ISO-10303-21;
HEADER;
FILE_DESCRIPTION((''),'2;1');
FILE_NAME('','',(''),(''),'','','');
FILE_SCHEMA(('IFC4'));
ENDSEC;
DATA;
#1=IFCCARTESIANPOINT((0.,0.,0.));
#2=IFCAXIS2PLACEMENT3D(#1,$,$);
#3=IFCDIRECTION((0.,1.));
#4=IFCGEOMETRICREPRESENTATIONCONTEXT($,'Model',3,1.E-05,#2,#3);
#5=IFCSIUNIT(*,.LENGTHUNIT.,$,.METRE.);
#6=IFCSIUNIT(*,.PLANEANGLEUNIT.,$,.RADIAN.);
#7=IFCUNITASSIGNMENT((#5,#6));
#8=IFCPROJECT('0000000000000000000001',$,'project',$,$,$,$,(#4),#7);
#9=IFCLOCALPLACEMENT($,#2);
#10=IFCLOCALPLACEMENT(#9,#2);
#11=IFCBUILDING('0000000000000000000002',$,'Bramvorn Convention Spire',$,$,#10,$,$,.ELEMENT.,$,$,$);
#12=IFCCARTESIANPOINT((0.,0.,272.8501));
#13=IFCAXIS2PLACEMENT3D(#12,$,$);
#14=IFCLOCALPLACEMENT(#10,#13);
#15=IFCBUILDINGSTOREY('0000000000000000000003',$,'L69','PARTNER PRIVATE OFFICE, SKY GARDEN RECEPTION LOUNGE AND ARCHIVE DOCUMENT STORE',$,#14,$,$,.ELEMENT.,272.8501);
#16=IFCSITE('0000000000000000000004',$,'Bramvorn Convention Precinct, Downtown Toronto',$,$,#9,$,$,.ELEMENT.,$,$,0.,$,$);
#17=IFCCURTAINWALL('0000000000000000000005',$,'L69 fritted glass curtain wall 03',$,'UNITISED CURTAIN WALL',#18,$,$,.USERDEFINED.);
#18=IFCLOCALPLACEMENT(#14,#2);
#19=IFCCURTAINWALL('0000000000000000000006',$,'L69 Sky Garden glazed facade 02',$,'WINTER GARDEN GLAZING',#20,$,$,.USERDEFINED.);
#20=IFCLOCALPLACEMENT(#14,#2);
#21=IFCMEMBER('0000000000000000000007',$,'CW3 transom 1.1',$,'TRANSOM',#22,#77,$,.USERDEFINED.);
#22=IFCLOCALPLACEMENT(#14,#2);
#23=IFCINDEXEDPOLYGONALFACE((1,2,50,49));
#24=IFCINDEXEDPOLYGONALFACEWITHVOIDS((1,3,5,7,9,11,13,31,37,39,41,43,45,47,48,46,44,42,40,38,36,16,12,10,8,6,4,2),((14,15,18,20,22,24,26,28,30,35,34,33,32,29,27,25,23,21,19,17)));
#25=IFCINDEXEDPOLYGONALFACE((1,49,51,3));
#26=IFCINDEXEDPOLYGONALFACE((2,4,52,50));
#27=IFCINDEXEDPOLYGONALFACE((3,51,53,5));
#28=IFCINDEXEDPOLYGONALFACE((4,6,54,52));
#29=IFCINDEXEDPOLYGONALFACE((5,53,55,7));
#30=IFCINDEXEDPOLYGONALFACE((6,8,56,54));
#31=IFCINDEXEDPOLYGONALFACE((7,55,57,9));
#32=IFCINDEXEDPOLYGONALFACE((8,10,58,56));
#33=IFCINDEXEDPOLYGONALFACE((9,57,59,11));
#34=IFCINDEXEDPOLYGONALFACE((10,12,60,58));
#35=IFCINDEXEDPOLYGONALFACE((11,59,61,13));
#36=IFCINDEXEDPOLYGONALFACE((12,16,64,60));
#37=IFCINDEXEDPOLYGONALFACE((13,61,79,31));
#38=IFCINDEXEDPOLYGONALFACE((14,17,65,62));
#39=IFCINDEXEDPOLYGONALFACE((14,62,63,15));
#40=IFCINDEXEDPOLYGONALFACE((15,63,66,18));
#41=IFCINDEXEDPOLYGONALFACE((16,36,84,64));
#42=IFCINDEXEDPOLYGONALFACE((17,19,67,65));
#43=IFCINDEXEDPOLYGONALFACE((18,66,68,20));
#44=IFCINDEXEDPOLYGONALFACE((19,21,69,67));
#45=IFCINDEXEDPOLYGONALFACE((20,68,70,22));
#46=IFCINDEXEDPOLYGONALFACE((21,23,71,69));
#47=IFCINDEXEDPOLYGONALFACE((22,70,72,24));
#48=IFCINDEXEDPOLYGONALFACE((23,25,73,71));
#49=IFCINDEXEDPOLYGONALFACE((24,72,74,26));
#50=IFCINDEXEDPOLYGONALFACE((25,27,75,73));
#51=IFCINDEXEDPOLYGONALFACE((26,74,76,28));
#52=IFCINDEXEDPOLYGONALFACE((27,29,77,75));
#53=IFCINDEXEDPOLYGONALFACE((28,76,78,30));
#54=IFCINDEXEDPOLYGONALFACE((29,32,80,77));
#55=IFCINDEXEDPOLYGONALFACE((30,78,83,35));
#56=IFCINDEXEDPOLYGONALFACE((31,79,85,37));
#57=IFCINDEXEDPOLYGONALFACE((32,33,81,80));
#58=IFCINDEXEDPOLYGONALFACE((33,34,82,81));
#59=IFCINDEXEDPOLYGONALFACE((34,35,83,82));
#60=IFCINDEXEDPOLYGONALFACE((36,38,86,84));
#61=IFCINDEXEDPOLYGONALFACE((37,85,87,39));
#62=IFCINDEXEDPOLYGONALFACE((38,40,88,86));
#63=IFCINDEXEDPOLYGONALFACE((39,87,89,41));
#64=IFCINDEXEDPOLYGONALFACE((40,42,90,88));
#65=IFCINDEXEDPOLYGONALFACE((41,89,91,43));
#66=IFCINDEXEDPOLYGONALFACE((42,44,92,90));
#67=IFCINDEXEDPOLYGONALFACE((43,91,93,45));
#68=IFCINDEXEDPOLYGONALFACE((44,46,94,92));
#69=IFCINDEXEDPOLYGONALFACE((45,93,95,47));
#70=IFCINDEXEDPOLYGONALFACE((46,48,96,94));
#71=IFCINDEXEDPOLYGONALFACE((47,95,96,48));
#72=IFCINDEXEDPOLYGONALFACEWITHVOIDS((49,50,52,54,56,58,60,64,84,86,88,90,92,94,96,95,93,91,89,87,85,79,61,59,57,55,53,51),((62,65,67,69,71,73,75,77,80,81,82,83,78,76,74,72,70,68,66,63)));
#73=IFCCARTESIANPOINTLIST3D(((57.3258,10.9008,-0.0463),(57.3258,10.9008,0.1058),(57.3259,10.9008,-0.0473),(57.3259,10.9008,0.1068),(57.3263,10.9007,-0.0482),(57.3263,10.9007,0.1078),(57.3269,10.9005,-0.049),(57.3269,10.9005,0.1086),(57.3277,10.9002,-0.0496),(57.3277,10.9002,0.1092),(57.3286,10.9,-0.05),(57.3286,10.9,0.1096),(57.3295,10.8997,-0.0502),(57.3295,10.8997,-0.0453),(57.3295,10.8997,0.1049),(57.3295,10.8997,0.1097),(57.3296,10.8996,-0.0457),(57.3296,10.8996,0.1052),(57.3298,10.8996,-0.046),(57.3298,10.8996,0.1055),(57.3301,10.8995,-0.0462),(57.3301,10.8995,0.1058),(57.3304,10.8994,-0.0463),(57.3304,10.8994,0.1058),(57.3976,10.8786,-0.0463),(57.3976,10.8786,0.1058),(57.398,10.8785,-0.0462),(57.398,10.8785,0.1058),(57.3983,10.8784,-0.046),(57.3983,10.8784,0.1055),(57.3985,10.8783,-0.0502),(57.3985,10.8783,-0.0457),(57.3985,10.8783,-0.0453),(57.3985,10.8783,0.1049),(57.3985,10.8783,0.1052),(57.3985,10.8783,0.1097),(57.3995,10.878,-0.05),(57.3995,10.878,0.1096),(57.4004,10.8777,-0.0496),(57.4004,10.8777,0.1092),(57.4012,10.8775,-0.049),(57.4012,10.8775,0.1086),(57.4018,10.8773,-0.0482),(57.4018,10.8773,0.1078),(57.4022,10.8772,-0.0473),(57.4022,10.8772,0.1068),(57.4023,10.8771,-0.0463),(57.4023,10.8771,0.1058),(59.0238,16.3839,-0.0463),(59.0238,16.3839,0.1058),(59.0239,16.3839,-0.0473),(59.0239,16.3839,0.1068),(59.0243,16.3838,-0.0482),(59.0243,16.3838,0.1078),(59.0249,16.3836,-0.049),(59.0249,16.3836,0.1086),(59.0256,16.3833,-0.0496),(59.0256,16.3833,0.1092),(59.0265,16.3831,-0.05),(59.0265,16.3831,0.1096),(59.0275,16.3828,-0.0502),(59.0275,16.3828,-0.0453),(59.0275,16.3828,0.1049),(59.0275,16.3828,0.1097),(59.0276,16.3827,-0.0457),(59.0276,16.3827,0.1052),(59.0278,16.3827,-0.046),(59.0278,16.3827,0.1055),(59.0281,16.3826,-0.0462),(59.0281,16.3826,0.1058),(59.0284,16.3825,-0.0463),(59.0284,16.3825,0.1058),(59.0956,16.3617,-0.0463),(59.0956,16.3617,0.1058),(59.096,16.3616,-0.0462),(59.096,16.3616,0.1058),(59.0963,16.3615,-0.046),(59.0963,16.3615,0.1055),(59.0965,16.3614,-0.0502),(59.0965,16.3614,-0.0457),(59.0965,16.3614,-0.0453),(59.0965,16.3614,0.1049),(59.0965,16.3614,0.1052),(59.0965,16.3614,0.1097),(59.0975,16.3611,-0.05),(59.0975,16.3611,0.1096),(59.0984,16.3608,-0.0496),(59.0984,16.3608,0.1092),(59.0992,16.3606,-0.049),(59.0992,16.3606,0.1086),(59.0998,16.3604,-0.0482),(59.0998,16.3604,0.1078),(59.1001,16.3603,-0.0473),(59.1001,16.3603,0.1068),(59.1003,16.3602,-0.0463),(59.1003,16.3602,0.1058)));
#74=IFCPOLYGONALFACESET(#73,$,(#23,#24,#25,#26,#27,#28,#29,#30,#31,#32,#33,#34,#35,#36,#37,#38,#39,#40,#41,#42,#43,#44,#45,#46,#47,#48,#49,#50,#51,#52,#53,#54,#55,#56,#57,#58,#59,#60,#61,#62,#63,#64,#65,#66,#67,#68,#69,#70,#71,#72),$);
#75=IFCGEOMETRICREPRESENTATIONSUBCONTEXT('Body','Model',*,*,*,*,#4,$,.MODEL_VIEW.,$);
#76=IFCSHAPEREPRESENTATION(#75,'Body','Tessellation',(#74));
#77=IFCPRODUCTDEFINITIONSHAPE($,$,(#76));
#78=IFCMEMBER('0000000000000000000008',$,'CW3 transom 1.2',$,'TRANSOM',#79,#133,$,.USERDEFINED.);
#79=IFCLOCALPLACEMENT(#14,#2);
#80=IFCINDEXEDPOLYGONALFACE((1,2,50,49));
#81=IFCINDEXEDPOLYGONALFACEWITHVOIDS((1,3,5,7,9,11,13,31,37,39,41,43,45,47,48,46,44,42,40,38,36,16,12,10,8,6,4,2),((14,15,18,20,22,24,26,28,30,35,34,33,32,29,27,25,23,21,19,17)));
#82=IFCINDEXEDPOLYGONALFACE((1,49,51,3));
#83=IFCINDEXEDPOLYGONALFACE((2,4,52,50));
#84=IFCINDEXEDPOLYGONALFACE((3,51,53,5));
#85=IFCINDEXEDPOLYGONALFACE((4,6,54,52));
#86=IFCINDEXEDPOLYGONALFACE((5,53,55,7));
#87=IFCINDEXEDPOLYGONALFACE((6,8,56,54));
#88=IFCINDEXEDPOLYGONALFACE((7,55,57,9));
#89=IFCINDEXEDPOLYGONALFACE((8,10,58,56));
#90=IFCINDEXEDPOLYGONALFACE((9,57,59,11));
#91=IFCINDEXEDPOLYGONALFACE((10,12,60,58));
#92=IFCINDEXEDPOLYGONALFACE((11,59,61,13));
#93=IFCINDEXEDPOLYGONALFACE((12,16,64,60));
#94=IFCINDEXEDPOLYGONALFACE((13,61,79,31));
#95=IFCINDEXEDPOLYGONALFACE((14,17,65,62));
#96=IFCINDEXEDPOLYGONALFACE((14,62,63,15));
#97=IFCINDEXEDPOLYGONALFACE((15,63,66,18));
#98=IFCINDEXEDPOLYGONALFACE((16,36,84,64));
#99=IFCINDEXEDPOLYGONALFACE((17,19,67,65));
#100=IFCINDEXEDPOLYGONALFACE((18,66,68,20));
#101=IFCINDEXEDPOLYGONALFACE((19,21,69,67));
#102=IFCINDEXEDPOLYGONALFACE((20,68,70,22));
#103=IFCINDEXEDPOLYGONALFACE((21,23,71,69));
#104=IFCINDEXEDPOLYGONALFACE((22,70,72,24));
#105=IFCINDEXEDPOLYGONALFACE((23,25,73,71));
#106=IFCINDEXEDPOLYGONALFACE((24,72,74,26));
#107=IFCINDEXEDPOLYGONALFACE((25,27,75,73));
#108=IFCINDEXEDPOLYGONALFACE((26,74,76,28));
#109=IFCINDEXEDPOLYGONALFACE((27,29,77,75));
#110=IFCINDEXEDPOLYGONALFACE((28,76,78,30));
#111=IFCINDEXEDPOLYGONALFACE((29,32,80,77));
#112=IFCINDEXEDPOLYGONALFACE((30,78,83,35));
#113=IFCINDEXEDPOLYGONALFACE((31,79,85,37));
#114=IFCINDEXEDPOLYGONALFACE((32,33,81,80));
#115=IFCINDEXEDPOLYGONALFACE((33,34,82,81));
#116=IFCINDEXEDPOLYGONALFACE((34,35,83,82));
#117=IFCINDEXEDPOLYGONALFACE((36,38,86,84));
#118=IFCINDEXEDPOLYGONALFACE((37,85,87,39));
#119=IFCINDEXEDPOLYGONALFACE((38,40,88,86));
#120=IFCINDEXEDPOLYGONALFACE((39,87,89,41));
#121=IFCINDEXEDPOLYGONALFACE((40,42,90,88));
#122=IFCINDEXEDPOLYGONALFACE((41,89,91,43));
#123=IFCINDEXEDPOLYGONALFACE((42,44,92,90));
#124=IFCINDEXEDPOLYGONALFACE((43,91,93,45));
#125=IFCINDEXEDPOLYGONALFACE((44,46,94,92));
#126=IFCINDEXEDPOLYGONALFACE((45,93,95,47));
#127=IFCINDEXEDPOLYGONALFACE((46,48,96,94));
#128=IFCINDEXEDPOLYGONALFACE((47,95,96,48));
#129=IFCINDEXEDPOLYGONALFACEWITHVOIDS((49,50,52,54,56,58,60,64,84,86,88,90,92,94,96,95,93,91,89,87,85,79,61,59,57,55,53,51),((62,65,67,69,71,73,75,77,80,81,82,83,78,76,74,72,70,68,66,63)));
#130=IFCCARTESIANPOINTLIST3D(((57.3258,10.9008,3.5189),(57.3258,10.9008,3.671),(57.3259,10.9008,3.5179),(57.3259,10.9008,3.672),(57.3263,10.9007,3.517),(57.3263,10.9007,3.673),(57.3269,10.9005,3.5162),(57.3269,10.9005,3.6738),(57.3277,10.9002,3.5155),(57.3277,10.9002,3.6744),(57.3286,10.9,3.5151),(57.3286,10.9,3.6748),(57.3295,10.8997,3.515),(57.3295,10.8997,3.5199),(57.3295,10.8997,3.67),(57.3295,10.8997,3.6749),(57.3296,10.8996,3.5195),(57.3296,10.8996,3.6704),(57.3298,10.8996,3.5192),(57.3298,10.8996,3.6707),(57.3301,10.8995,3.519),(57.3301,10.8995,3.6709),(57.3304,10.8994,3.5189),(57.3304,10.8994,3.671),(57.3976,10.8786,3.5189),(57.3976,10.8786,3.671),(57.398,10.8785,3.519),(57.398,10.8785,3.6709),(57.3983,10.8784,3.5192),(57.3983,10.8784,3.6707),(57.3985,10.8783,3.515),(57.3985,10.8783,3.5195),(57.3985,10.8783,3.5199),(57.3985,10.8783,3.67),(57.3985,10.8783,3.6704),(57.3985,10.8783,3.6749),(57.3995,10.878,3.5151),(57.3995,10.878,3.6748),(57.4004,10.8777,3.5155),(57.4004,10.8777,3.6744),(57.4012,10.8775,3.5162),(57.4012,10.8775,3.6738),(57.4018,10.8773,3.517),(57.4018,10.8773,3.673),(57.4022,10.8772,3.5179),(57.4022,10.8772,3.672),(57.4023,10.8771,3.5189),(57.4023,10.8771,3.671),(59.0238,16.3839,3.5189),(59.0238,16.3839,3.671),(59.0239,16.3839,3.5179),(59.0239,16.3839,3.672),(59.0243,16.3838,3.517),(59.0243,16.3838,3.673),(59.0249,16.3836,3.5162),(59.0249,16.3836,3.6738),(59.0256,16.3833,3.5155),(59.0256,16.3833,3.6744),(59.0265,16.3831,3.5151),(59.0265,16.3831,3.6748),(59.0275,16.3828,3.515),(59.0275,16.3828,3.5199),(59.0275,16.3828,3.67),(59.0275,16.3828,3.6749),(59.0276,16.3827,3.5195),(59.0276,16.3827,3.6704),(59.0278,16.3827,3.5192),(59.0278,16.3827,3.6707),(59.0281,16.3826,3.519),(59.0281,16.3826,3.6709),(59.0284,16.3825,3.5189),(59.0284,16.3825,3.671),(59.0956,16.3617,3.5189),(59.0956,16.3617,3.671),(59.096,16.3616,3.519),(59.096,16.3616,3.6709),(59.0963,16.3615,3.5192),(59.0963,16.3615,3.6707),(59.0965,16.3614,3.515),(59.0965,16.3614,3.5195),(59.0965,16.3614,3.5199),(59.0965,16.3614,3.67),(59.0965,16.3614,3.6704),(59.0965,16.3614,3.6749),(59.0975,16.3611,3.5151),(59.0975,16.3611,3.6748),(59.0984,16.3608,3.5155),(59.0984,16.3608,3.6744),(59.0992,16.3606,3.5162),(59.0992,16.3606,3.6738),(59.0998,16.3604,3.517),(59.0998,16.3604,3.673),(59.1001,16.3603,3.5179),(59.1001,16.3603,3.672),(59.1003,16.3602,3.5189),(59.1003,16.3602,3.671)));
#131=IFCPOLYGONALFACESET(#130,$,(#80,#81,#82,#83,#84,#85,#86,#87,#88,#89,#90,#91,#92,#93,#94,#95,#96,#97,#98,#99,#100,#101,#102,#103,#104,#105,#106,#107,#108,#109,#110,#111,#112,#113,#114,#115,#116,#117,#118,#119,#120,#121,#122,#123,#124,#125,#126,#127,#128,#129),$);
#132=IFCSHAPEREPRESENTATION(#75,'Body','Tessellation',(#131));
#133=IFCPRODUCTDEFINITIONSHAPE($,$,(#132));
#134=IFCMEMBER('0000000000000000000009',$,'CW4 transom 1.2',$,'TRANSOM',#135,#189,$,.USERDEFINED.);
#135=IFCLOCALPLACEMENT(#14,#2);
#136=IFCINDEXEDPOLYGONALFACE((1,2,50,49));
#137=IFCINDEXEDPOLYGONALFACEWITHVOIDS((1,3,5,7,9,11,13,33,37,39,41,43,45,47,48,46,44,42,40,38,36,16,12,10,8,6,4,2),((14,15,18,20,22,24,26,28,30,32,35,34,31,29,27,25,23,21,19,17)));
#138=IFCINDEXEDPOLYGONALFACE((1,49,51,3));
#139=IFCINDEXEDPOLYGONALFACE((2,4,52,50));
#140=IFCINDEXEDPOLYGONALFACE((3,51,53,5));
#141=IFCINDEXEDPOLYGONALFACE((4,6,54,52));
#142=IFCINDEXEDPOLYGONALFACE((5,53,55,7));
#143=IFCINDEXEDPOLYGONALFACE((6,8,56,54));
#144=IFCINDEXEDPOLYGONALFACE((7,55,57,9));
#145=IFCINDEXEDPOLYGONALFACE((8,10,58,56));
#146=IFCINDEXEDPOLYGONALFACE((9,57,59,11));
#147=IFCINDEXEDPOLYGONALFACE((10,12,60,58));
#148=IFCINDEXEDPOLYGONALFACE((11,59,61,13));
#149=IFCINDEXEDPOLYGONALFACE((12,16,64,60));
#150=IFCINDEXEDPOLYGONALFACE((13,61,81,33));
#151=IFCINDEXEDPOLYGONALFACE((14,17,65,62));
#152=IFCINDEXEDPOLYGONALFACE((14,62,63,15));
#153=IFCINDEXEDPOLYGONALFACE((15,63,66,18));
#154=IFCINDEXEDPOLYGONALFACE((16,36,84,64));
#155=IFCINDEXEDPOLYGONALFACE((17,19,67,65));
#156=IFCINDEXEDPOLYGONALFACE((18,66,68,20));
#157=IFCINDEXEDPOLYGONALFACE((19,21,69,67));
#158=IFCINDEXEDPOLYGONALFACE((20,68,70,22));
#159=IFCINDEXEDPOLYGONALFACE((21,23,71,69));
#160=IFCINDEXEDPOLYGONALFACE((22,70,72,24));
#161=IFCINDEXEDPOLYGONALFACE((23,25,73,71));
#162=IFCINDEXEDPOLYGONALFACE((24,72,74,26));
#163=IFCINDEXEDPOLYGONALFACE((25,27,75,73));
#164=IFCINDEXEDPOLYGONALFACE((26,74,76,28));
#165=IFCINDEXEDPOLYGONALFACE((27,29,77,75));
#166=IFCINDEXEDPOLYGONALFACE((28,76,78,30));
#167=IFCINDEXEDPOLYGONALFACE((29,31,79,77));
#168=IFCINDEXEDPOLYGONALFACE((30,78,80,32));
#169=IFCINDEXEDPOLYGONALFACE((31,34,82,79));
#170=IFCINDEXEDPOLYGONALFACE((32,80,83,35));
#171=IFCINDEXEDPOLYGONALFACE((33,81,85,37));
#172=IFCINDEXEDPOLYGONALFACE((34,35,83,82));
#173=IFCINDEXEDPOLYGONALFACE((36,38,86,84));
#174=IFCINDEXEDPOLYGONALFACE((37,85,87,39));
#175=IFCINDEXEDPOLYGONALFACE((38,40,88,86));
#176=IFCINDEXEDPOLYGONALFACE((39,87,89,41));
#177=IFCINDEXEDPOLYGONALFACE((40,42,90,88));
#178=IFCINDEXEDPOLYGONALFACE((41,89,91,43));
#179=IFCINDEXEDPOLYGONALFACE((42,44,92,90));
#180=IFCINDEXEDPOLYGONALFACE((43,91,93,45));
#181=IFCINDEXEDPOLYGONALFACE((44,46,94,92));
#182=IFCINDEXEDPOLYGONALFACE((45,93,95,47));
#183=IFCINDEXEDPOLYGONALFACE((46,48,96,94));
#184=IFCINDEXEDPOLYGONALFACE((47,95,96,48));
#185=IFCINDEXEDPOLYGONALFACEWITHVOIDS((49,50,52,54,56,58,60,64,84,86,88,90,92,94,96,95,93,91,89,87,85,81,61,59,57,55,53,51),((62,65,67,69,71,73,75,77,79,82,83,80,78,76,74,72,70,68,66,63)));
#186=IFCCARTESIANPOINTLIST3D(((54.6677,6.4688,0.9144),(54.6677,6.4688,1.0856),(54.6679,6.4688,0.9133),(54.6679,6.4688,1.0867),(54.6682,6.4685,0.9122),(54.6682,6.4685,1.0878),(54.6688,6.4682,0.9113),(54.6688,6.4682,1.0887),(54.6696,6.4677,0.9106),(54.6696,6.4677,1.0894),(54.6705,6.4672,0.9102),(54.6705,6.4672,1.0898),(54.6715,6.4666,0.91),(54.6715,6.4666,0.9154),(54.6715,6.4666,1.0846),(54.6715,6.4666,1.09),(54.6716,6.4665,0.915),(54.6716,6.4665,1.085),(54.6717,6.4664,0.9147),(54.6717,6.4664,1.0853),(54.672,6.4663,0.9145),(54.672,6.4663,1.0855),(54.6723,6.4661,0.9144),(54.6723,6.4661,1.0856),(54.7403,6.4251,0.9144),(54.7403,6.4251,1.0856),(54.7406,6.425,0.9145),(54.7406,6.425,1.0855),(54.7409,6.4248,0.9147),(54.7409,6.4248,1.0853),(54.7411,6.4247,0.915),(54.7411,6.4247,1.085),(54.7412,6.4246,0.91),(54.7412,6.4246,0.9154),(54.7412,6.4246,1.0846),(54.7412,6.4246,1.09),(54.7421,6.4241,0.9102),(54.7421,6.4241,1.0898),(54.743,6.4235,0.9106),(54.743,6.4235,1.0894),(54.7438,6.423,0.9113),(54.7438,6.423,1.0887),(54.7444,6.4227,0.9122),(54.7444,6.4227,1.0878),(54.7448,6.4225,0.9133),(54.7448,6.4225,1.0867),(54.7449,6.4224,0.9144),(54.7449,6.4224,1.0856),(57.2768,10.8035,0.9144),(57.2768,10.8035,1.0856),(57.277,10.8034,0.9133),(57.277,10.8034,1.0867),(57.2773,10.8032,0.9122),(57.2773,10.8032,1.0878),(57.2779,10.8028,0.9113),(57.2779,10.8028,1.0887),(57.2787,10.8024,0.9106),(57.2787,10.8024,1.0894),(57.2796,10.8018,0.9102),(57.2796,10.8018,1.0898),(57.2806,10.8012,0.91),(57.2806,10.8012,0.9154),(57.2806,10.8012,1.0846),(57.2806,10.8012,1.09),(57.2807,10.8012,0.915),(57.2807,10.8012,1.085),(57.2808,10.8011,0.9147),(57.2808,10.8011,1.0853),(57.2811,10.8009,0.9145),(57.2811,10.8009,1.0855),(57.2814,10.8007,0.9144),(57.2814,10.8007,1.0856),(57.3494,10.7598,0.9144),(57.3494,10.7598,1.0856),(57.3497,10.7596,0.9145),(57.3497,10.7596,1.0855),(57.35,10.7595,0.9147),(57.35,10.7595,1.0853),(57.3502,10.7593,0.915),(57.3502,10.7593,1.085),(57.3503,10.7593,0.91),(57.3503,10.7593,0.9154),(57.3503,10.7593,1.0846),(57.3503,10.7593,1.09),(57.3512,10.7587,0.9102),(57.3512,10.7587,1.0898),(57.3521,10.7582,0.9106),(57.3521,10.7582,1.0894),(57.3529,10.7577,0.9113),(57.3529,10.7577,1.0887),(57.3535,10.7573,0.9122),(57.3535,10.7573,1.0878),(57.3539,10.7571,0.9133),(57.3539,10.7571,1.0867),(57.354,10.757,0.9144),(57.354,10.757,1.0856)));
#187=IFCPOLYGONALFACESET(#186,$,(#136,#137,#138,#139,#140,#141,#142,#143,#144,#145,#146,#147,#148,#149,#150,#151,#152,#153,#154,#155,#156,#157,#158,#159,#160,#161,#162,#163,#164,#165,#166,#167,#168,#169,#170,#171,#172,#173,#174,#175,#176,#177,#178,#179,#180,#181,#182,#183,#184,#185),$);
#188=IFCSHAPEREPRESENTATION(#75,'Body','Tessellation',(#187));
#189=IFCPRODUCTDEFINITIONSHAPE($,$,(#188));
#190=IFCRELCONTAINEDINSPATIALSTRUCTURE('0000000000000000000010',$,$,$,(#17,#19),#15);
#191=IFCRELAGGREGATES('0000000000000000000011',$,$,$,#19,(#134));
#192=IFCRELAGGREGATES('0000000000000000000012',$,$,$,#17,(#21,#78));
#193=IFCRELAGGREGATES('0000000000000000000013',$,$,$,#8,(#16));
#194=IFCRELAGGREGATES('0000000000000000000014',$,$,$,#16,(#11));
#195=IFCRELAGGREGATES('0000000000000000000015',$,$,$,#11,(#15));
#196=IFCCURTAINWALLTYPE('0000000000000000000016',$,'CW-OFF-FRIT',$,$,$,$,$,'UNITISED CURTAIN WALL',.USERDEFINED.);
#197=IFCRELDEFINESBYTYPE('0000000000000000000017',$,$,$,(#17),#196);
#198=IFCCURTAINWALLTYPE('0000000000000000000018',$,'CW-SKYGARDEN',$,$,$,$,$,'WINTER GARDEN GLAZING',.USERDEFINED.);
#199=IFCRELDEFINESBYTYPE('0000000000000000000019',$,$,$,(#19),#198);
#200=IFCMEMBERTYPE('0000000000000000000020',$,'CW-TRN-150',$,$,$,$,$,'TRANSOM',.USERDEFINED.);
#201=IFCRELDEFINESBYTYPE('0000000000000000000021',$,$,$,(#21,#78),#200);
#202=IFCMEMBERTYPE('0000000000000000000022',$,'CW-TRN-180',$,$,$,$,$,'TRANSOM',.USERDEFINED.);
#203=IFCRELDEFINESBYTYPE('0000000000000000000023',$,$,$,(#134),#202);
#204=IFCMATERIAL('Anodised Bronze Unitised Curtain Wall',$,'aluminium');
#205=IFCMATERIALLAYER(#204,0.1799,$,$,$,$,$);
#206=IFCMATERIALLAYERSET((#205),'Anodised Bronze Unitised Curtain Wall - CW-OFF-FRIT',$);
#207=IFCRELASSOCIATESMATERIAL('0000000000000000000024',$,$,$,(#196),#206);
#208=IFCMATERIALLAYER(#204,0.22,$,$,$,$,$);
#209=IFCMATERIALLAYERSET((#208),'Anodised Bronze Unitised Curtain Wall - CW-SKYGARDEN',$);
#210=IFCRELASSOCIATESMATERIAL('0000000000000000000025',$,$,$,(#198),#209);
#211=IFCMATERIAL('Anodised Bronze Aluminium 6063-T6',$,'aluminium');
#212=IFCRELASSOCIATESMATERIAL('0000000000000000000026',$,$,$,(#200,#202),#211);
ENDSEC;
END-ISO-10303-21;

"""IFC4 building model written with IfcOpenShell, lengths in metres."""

from ifc_helpers import new_model, si_unit, direction, frame, origin, origin_2d, place, context, subcontext, project, spatial, hollow_rectangle, extrude, material, layer, layer_set, material_profile, profile_set, type_object, element, aggregate, save


model = new_model("IFC4")

# Units and contexts
model_context = context("Model", 3, precision=1e-05, world=origin(), true_north=direction((0.0, 1.0)))
body_context = subcontext(model_context, "Body", "Model", "MODEL_VIEW")
ifc_project = project(units=[si_unit("LENGTHUNIT", "METRE"), si_unit("PLANEANGLEUNIT", "RADIAN")], contexts=[model_context])

# Site, building, storey
site_placement = place(None, origin())
site = spatial("IfcSite", under=ifc_project, at=site_placement, Name="Bramvorn Convention Precinct, Downtown Toronto", CompositionType="ELEMENT", RefElevation=0.0)
building_placement = place(site_placement, origin())
building = spatial("IfcBuilding", under=site, at=building_placement, Name="Bramvorn Convention Spire", CompositionType="ELEMENT")
storey_placement = place(building_placement, frame((0.0, 0.0, 272.8501)))
storey = spatial("IfcBuildingStorey", under=building, at=storey_placement, Name="L69", Description="PARTNER PRIVATE OFFICE, SKY GARDEN RECEPTION LOUNGE AND ARCHIVE DOCUMENT STORE", CompositionType="ELEMENT", Elevation=272.8501)

# Curtain wall
ifc_material_1 = material(Name="Anodised Bronze Unitised Curtain Wall", Category="aluminium")
ifc_layer_1 = layer(ifc_material_1, 0.1799)
ifc_layer_set_1 = layer_set([ifc_layer_1], Name="Anodised Bronze Unitised Curtain Wall - CW-OFF-FRIT")
curtain_wall_type_1 = type_object("IfcCurtainWallType", Name="CW-OFF-FRIT", ElementType="UNITISED CURTAIN WALL", PredefinedType="USERDEFINED", material=ifc_layer_set_1)
curtain_wall_1_placement = place(storey_placement, origin())
curtain_wall_1 = element("IfcCurtainWall", 1, at=curtain_wall_1_placement, inside=storey, type_object=curtain_wall_type_1, Name="L69 fritted glass curtain wall 03", ObjectType="UNITISED CURTAIN WALL", PredefinedType="USERDEFINED")
ifc_material_2 = material(Name="Anodised Bronze Aluminium 6063-T6", Category="aluminium")

# Curtain wall
ifc_layer_2 = layer(ifc_material_1, 0.22)
ifc_layer_set_2 = layer_set([ifc_layer_2], Name="Anodised Bronze Unitised Curtain Wall - CW-SKYGARDEN")
curtain_wall_type_2 = type_object("IfcCurtainWallType", Name="CW-SKYGARDEN", ElementType="WINTER GARDEN GLAZING", PredefinedType="USERDEFINED", material=ifc_layer_set_2)
curtain_wall_2_placement = place(storey_placement, origin())
curtain_wall_2 = element("IfcCurtainWall", 2, at=curtain_wall_2_placement, inside=storey, type_object=curtain_wall_type_2, Name="L69 Sky Garden glazed facade 02", ObjectType="WINTER GARDEN GLAZING", PredefinedType="USERDEFINED")

# Members
ifc_material_profile_1 = material_profile(ifc_material_2, hollow_rectangle(XDim=0.0801, YDim=0.1599, WallThickness=0.0039, InnerFilletRadius=0.001, OuterFilletRadius=0.0039, at=origin_2d()))
ifc_profile_set_1 = profile_set([ifc_material_profile_1], Name="Anodised Bronze Aluminium 6063-T6 - CWT80X160")
member_type_1 = type_object("IfcMemberType", Name="CW-TRN-150", ElementType="TRANSOM", PredefinedType="USERDEFINED", material=ifc_profile_set_1)
member_1_placement = place(storey_placement, frame((59.062, 16.3721, 0.0298), z_axis=(-0.295816, -0.955245, 0.0), x_axis=(0.955245, -0.295816, 0.0)))
member_1 = element("IfcMember", 3, at=member_1_placement, type_object=member_type_1, Name="CW3 transom 1.1", ObjectType="TRANSOM", PredefinedType="USERDEFINED", context=body_context, shape_type="SweptSolid", body=[
    extrude(hollow_rectangle(XDim=0.0801, YDim=0.1599, WallThickness=0.0039, InnerFilletRadius=0.001, OuterFilletRadius=0.0039, at=origin_2d()), origin(), (0.0, 0.0, 1.0), 5.74),
])
member_2_placement = place(storey_placement, frame((59.062, 16.3721, 3.595), z_axis=(-0.295816, -0.955245, 0.0), x_axis=(0.955245, -0.295816, 0.0)))
member_2 = element("IfcMember", 4, at=member_2_placement, type_object=member_type_1, Name="CW3 transom 1.2", ObjectType="TRANSOM", PredefinedType="USERDEFINED", context=body_context, shape_type="SweptSolid", body=[
    extrude(hollow_rectangle(XDim=0.0801, YDim=0.1599, WallThickness=0.0039, InnerFilletRadius=0.001, OuterFilletRadius=0.0039, at=origin_2d()), origin(), (0.0, 0.0, 1.0), 5.74),
])
ifc_material_profile_2 = material_profile(ifc_material_2, hollow_rectangle(XDim=0.0901, YDim=0.1799, WallThickness=0.0044, InnerFilletRadius=0.001, OuterFilletRadius=0.0044, at=origin_2d()))
ifc_profile_set_2 = profile_set([ifc_material_profile_2], Name="Anodised Bronze Aluminium 6063-T6 - CWT90X180")
member_type_2 = type_object("IfcMemberType", Name="CW-TRN-180", ElementType="TRANSOM", PredefinedType="USERDEFINED", material=ifc_profile_set_2)
member_3_placement = place(storey_placement, frame((57.3154, 10.7803, 1.0), z_axis=(-0.515702, -0.856768, 0.0), x_axis=(0.856768, -0.515702, 0.0)))
member_3 = element("IfcMember", 5, at=member_3_placement, type_object=member_type_2, Name="CW4 transom 1.2", ObjectType="TRANSOM", PredefinedType="USERDEFINED", context=body_context, shape_type="SweptSolid", body=[
    extrude(hollow_rectangle(XDim=0.0901, YDim=0.1799, WallThickness=0.0044, InnerFilletRadius=0.001, OuterFilletRadius=0.0044, at=origin_2d()), origin(), (0.0, 0.0, 1.0), 5.0593),
])
aggregate(curtain_wall_2, [member_3])

aggregate(curtain_wall_1, [member_1, member_2])

save(model, "model.ifc")
